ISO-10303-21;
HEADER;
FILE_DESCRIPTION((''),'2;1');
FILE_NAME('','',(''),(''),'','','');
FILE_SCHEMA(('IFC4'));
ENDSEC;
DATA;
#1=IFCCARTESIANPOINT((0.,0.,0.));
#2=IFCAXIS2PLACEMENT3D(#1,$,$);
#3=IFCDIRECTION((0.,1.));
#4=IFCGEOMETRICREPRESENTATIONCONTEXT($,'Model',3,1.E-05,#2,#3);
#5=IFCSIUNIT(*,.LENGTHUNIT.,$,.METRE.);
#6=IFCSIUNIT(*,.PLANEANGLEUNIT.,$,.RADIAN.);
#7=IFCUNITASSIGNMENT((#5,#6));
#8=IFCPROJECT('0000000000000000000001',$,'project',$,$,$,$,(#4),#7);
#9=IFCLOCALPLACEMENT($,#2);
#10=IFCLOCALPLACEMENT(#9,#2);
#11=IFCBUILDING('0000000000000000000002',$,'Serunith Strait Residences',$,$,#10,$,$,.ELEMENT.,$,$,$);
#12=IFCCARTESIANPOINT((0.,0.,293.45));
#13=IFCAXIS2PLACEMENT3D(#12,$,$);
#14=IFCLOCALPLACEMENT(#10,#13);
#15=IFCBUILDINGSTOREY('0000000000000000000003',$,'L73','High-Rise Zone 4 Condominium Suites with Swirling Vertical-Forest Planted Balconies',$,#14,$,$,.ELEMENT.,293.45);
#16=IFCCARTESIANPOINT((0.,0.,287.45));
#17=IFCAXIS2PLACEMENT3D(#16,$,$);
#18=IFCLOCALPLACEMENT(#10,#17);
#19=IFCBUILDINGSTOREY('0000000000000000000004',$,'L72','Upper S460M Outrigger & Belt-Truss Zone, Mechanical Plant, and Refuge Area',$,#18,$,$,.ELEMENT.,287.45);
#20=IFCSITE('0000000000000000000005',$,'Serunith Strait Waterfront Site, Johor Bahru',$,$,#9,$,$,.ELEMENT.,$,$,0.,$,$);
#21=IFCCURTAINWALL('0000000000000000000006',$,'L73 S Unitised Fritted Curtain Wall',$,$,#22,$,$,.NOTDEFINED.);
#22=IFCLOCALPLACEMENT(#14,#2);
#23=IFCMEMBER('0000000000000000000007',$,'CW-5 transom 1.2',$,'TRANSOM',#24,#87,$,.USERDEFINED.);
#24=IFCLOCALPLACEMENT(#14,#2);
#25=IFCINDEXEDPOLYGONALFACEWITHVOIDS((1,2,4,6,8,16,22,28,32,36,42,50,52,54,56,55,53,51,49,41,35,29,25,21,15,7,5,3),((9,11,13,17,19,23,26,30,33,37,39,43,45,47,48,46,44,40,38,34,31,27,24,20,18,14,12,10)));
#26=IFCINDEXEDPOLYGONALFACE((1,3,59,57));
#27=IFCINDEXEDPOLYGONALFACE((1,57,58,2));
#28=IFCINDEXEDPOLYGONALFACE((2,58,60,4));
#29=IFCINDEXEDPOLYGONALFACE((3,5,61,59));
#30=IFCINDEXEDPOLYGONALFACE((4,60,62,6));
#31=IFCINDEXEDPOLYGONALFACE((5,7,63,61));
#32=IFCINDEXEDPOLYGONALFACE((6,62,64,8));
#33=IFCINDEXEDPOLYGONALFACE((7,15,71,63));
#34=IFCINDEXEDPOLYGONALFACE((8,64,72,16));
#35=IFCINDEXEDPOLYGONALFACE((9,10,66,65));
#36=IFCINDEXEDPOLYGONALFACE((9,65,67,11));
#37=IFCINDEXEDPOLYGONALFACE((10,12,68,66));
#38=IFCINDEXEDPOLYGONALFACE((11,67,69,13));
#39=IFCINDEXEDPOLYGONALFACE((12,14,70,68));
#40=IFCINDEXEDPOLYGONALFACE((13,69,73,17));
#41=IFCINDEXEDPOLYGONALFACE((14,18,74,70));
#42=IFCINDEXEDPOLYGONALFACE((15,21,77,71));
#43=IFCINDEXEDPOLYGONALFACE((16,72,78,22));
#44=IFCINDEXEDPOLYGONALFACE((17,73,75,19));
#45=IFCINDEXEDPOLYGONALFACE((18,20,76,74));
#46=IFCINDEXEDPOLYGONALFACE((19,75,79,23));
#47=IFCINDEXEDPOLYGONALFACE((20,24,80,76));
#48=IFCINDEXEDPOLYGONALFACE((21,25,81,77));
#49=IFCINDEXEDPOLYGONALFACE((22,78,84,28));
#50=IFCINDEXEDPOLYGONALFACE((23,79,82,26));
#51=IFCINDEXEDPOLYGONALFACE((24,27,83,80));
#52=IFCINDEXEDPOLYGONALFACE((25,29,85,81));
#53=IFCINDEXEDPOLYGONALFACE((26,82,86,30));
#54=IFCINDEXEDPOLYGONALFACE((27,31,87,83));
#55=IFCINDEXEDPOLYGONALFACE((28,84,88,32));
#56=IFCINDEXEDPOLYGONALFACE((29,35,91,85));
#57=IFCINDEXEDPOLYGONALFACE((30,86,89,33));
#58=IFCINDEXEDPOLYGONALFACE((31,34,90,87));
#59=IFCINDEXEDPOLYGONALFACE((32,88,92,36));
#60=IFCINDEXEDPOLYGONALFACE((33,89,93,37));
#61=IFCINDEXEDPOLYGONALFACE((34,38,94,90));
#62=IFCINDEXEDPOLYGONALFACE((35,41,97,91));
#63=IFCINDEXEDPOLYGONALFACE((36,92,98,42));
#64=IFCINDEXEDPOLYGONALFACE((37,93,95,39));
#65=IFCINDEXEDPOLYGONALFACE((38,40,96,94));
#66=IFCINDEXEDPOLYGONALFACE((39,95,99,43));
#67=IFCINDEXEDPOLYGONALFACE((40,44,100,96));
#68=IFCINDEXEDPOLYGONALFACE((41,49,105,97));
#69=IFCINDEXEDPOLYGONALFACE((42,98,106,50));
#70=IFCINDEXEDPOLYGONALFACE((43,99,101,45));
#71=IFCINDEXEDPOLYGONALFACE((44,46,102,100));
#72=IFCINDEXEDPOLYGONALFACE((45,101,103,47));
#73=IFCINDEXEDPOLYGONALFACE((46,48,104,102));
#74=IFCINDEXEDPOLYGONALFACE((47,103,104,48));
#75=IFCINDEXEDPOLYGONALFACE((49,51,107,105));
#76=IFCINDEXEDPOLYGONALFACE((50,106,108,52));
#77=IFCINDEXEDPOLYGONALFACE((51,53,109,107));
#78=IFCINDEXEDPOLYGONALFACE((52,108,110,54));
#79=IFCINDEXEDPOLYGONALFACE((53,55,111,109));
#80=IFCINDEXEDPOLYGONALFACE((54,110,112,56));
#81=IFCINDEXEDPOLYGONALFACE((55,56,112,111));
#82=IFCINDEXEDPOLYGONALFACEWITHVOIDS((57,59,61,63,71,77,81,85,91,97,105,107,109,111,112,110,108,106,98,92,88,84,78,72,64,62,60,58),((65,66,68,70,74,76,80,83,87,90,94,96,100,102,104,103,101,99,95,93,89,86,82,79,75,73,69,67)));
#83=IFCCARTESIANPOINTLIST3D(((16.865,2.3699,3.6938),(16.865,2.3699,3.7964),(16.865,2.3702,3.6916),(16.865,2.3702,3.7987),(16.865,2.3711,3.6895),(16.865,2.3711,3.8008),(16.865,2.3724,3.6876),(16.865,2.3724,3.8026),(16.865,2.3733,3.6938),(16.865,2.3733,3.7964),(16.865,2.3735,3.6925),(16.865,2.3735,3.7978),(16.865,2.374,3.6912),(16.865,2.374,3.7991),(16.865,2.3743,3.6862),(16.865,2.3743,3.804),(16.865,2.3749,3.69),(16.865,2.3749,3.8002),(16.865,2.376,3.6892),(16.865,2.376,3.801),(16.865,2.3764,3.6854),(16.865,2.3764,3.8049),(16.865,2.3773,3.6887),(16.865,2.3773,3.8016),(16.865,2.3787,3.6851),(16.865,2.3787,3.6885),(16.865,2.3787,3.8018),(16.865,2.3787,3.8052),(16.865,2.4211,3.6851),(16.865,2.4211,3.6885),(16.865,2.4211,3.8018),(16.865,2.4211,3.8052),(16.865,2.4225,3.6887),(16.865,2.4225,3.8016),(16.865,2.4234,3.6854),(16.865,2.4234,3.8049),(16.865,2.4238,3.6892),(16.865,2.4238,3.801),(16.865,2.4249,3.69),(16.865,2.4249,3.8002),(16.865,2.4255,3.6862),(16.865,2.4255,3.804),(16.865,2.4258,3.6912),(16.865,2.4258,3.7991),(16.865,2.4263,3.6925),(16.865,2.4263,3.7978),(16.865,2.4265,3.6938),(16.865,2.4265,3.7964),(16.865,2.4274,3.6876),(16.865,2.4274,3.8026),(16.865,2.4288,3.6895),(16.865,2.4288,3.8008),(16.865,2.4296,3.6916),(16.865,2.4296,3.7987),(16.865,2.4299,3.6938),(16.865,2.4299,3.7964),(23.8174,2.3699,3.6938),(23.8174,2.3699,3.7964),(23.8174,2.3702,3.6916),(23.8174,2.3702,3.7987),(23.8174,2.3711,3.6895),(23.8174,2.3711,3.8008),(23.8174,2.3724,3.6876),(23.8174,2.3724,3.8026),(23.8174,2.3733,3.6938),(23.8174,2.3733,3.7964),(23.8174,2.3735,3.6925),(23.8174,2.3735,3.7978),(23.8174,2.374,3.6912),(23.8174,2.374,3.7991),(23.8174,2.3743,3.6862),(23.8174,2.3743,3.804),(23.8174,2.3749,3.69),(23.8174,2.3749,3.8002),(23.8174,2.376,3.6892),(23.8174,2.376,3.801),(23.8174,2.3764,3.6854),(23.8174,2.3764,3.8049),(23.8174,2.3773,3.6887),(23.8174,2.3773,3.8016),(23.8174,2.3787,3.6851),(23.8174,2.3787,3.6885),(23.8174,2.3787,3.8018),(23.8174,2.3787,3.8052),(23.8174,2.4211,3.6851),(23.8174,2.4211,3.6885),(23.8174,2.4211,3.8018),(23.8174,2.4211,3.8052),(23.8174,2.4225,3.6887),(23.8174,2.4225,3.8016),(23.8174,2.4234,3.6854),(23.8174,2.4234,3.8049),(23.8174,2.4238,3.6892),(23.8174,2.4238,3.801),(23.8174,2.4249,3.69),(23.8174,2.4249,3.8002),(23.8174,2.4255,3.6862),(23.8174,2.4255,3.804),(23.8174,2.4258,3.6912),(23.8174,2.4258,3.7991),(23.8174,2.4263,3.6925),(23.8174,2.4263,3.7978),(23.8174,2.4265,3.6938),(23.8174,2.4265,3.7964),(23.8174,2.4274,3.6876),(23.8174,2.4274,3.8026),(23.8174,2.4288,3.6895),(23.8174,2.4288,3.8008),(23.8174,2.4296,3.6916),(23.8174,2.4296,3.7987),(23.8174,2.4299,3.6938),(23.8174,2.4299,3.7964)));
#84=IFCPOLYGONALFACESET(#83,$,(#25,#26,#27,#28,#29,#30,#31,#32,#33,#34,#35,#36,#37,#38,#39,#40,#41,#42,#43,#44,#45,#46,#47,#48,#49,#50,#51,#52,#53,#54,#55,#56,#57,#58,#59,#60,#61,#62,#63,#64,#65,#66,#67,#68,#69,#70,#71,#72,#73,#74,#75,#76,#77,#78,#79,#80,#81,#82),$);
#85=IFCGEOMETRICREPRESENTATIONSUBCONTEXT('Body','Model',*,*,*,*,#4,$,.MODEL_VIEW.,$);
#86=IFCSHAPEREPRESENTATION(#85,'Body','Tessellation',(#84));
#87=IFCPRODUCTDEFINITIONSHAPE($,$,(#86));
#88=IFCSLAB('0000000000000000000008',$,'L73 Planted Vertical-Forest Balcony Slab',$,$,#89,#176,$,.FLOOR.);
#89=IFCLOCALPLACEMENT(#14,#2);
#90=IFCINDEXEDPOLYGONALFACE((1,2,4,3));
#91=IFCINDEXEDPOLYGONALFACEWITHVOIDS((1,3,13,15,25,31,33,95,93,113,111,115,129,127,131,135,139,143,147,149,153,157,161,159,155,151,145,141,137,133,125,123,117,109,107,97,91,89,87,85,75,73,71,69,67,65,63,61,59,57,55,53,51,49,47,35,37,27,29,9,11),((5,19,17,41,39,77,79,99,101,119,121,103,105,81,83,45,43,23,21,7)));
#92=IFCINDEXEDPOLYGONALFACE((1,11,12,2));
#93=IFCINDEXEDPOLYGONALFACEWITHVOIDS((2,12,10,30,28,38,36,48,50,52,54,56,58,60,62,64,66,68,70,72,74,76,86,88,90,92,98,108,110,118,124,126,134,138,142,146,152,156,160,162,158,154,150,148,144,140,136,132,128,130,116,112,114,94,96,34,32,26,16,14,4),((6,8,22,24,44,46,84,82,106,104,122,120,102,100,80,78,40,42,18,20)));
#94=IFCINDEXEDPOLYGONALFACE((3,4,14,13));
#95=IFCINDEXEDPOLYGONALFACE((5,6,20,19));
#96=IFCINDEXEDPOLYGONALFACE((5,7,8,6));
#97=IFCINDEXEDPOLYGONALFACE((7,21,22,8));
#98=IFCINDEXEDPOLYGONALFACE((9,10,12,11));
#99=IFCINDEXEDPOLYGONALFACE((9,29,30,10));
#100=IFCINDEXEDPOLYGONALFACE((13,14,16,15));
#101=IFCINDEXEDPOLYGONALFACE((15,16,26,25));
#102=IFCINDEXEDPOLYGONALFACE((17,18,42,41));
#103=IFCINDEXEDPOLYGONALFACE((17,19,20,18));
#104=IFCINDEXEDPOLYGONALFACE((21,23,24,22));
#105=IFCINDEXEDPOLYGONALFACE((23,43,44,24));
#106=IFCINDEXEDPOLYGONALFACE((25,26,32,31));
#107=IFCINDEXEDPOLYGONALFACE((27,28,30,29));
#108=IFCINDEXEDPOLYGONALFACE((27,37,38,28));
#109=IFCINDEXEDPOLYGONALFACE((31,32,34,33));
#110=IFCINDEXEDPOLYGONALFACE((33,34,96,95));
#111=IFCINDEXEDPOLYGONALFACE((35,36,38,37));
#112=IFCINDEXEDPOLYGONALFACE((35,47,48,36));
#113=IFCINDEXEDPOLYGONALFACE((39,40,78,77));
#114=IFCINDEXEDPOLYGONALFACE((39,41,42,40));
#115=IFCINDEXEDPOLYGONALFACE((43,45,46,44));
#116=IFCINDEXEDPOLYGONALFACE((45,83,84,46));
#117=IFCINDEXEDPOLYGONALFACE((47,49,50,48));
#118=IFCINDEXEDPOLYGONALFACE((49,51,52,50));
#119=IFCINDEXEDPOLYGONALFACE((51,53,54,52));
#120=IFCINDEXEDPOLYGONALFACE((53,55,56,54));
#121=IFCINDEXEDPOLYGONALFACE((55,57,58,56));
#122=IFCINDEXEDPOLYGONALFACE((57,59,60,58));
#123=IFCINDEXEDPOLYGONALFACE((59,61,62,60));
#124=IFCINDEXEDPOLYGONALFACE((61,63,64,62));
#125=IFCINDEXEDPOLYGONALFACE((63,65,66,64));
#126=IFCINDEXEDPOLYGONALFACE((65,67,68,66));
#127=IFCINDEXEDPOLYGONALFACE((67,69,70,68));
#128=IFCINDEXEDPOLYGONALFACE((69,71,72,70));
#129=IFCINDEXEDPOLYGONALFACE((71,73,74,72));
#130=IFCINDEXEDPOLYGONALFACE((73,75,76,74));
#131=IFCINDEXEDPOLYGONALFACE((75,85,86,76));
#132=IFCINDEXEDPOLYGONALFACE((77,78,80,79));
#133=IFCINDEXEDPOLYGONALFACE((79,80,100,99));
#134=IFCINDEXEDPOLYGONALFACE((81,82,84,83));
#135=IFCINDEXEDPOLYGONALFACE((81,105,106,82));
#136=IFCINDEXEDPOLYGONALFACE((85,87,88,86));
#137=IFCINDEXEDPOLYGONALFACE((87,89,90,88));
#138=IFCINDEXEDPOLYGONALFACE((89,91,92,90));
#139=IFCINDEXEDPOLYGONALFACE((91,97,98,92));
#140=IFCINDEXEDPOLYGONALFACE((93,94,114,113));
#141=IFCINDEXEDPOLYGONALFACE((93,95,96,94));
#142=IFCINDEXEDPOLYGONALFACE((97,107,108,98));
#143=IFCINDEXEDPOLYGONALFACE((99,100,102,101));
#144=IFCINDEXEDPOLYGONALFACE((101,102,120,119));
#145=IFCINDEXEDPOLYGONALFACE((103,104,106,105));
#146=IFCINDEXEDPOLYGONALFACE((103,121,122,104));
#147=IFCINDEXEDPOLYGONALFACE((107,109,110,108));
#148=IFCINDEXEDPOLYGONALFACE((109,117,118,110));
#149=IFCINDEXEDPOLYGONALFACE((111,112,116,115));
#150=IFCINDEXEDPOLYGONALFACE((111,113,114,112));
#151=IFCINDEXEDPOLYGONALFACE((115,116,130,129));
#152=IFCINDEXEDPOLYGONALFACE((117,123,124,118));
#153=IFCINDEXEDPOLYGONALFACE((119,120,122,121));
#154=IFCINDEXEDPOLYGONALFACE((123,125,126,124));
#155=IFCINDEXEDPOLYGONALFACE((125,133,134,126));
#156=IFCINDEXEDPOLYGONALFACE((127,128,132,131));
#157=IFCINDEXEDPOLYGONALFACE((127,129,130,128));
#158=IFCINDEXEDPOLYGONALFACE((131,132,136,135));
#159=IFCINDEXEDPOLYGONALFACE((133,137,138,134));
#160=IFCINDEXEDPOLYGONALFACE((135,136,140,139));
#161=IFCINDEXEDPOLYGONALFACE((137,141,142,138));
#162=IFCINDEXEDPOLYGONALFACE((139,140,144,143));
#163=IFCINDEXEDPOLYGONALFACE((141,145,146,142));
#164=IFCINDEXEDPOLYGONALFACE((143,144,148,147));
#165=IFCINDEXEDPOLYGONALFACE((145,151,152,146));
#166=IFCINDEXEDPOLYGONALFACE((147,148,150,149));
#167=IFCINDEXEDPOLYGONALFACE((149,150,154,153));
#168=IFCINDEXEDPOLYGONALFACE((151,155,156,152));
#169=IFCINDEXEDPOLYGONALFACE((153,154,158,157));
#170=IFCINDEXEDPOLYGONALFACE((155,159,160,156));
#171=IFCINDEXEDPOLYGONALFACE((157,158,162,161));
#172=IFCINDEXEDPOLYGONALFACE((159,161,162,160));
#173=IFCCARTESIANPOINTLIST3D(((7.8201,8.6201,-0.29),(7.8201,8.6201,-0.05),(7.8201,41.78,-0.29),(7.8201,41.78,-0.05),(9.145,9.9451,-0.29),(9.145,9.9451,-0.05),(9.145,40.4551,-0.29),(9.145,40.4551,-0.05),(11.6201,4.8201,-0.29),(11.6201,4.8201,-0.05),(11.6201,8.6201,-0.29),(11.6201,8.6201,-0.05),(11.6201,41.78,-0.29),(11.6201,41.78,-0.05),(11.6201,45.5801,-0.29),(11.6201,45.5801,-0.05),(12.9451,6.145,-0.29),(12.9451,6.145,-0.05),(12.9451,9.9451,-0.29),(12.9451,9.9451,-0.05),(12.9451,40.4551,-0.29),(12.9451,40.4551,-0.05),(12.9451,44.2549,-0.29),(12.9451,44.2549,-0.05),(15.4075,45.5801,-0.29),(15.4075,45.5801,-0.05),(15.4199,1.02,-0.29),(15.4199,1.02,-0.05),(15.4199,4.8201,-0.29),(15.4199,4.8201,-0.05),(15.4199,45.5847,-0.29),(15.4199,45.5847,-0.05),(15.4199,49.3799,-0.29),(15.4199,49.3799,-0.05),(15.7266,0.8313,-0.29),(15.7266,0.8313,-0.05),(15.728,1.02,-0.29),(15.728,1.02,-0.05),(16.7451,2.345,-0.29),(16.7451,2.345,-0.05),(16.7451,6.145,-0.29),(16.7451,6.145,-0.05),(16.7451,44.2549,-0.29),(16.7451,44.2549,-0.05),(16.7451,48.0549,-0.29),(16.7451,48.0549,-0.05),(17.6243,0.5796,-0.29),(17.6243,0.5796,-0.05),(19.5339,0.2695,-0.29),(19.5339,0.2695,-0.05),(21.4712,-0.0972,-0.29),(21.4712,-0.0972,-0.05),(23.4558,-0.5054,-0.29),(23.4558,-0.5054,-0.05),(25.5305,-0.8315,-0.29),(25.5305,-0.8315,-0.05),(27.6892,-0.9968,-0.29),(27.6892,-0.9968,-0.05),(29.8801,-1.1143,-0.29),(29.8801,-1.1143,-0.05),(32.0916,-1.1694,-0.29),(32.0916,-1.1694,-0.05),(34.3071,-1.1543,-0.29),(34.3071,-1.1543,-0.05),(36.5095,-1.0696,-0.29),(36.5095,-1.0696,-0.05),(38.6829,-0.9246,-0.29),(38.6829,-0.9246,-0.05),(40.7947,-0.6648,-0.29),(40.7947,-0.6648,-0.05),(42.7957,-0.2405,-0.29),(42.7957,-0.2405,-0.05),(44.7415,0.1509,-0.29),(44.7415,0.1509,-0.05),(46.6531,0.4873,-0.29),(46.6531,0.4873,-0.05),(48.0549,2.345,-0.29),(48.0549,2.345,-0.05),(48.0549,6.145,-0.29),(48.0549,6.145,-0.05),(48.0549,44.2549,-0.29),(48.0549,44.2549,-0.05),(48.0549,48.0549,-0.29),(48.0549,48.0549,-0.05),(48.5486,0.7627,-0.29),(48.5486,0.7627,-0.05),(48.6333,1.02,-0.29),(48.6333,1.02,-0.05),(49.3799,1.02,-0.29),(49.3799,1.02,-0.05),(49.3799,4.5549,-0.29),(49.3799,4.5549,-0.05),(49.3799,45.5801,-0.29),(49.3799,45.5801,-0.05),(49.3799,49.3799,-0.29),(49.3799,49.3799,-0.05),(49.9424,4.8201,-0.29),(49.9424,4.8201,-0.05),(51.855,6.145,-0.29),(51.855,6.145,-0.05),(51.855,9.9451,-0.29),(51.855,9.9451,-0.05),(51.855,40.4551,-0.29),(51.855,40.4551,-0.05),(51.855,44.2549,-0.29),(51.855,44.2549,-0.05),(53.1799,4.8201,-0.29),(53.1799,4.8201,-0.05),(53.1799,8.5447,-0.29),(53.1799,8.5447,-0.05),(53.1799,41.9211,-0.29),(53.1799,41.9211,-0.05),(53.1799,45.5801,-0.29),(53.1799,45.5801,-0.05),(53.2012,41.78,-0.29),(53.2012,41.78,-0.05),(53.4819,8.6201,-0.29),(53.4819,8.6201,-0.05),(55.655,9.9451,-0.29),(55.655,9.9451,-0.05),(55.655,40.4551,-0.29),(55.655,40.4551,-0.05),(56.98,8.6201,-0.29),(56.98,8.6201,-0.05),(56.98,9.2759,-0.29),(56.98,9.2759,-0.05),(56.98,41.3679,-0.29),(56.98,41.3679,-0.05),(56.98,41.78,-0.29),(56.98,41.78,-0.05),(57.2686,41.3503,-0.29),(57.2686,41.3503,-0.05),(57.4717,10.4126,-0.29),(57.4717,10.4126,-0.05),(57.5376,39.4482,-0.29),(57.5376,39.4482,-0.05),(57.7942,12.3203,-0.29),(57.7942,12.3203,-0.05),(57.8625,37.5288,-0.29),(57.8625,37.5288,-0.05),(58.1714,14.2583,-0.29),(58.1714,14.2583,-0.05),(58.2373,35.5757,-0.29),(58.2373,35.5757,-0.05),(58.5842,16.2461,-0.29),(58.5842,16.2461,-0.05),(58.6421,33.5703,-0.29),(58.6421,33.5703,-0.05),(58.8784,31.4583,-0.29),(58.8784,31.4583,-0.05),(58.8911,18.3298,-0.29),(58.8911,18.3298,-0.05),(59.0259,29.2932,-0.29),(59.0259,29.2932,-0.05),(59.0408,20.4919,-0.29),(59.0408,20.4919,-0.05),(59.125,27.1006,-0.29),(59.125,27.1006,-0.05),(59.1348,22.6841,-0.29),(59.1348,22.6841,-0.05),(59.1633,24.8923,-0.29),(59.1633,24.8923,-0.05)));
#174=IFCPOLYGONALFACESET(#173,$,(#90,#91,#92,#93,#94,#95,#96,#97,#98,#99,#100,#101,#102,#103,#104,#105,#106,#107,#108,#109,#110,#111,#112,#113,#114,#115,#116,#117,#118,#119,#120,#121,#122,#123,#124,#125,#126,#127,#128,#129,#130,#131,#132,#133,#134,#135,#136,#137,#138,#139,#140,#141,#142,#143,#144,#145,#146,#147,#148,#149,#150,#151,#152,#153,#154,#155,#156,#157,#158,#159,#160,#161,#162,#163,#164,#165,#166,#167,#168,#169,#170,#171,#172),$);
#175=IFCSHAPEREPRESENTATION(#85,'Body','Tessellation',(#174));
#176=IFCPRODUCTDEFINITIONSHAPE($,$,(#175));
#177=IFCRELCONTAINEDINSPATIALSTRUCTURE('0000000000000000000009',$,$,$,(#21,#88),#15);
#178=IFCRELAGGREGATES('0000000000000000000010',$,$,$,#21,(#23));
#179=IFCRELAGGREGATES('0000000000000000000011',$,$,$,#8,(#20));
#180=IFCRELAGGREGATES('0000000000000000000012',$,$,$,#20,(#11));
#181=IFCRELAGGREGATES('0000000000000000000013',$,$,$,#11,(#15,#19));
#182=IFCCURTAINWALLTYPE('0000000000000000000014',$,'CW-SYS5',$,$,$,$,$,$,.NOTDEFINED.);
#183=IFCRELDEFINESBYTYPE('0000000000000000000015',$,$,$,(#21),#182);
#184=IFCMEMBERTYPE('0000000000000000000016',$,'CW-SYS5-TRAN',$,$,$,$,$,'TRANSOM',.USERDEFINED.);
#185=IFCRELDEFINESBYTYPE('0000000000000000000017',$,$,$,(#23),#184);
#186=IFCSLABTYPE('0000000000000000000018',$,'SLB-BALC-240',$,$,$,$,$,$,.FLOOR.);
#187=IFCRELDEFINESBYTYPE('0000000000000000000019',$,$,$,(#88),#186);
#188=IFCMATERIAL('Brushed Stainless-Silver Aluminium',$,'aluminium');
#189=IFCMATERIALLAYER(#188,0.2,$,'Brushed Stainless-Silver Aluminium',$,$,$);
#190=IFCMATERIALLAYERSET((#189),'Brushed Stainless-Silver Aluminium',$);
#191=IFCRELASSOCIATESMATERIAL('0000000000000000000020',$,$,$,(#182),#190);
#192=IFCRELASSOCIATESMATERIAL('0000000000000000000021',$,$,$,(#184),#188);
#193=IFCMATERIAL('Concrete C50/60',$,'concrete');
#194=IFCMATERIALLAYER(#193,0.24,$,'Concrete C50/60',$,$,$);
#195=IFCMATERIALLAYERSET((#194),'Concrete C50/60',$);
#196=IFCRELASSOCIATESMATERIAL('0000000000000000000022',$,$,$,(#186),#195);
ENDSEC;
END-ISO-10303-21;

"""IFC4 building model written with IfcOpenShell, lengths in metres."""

from ifc_helpers import new_model, si_unit, direction, frame, origin, origin_2d, place, context, subcontext, project, spatial, polyline, hollow_rectangle, outline, extrude, source, transform, mapped, material, layer, layer_set, material_profile, profile_set, type_object, element, aggregate, save


model = new_model("IFC4")

# Units and contexts
model_context = context("Model", 3, precision=1e-05, world=origin(), true_north=direction((0.0, 1.0)))
body_context = subcontext(model_context, "Body", "Model", "MODEL_VIEW")
ifc_project = project(units=[si_unit("LENGTHUNIT", "METRE"), si_unit("PLANEANGLEUNIT", "RADIAN")], contexts=[model_context])

# Site, building, storey
site_placement = place(None, origin())
site = spatial("IfcSite", under=ifc_project, at=site_placement, Name="Serunith Strait Waterfront Site, Johor Bahru", CompositionType="ELEMENT", RefElevation=0.0)
building_placement = place(site_placement, origin())
building = spatial("IfcBuilding", under=site, at=building_placement, Name="Serunith Strait Residences", CompositionType="ELEMENT")
storey_1_placement = place(building_placement, frame((0.0, 0.0, 293.45)))
storey_1 = spatial("IfcBuildingStorey", under=building, at=storey_1_placement, Name="L73", Description="High-Rise Zone 4 Condominium Suites with Swirling Vertical-Forest Planted Balconies", CompositionType="ELEMENT", Elevation=293.45)

# Curtain wall
ifc_material_1 = material(Name="Brushed Stainless-Silver Aluminium", Category="aluminium")
ifc_layer_1 = layer(ifc_material_1, 0.2, Name="Brushed Stainless-Silver Aluminium")
ifc_layer_set_1 = layer_set([ifc_layer_1], Name="Brushed Stainless-Silver Aluminium")
curtain_wall_type = type_object("IfcCurtainWallType", Name="CW-SYS5", PredefinedType="NOTDEFINED", material=ifc_layer_set_1)
curtain_wall_1_placement = place(storey_1_placement, origin())
curtain_wall_1 = element("IfcCurtainWall", 1, at=curtain_wall_1_placement, inside=storey_1, type_object=curtain_wall_type, Name="L73 S Unitised Fritted Curtain Wall", PredefinedType="NOTDEFINED")

# Member
ifc_material_profile_1 = material_profile(ifc_material_1, hollow_rectangle(XDim=0.0601, YDim=0.1201, WallThickness=0.0034, InnerFilletRadius=0.0054, OuterFilletRadius=0.0088, at=origin_2d()), Name="ALU 120x60x3.5")
ifc_profile_set_1 = profile_set([ifc_material_profile_1], Name="Brushed Stainless-Silver Aluminium")
member_type_1 = type_object("IfcMemberType", Name="CW-SYS5-TRAN", ElementType="TRANSOM", PredefinedType="USERDEFINED", material=ifc_profile_set_1)
shared_shape_1 = source(origin(), body_context, "Body", "SweptSolid", [
    extrude(hollow_rectangle(XDim=0.0601, YDim=0.1201, WallThickness=0.0034, InnerFilletRadius=0.0054, OuterFilletRadius=0.0088, at=origin_2d()), origin(), (0.0, 0.0, 1.0), 6.9524),
])
member_1_placement = place(storey_1_placement, frame((16.865, 2.3999, 3.7451), z_axis=(1.0, 0.0, 0.0), x_axis=(0.0, 1.0, 0.0)))
member_1 = element("IfcMember", 2, at=member_1_placement, type_object=member_type_1, Name="CW-5 transom 1.2", ObjectType="TRANSOM", PredefinedType="USERDEFINED", context=body_context, shape_type="MappedRepresentation", body=[
    mapped(shared_shape_1, transform((0.0, 0.0, 0.0), scale=1.0)),
])
aggregate(curtain_wall_1, [member_1])

# Slab
ifc_material_2 = material(Name="Concrete C50/60", Category="concrete")
ifc_layer_2 = layer(ifc_material_2, 0.24, Name="Concrete C50/60")
ifc_layer_set_2 = layer_set([ifc_layer_2], Name="Concrete C50/60")
slab_type_1 = type_object("IfcSlabType", Name="SLB-BALC-240", PredefinedType="FLOOR", material=ifc_layer_set_2)
slab_1_placement = place(storey_1_placement, frame((0.0, 0.0, -0.29)))
element("IfcSlab", 3, at=slab_1_placement, inside=storey_1, type_object=slab_type_1, Name="L73 Planted Vertical-Forest Balcony Slab", PredefinedType="FLOOR", context=body_context, shape_type="SweptSolid", body=[
    extrude(outline(polyline([(15.4199, 1.02), (15.4199, 4.8201), (11.6201, 4.8201), (11.6201, 8.6201), (7.8201, 8.6201), (7.8201, 41.78), (11.6201, 41.78), (11.6201, 45.5801), (15.4075, 45.5801), (15.4199, 45.5847), (15.4199, 49.3799), (49.3799, 49.3799), (49.3799, 45.5801), (53.1799, 45.5801), (53.1799, 41.9211), (53.2012, 41.78), (56.98, 41.78), (56.98, 41.3679), (57.2686, 41.3503), (57.5376, 39.4482), (57.8625, 37.5288), (58.2373, 35.5757), (58.6421, 33.5703), (58.8784, 31.4583), (59.0259, 29.2932), (59.125, 27.1006), (59.1633, 24.8923), (59.1348, 22.6841), (59.0408, 20.4919), (58.8911, 18.3298), (58.5842, 16.2461), (58.1714, 14.2583), (57.7942, 12.3203), (57.4717, 10.4126), (56.98, 9.2759), (56.98, 8.6201), (53.4819, 8.6201), (53.1799, 8.5447), (53.1799, 4.8201), (49.9424, 4.8201), (49.3799, 4.5549), (49.3799, 1.02), (48.6333, 1.02), (48.5486, 0.7627), (46.6531, 0.4873), (44.7415, 0.1509), (42.7957, -0.2405), (40.7947, -0.6648), (38.6829, -0.9246), (36.5095, -1.0696), (34.3071, -1.1543), (32.0916, -1.1694), (29.8801, -1.1143), (27.6892, -0.9968), (25.5305, -0.8315), (23.4558, -0.5054), (21.4712, -0.0972), (19.5339, 0.2695), (17.6243, 0.5796), (15.7266, 0.8313), (15.728, 1.02), (15.4199, 1.02)]), holes=[polyline([(48.0549, 2.345), (48.0549, 6.145), (51.855, 6.145), (51.855, 9.9451), (55.655, 9.9451), (55.655, 40.4551), (51.855, 40.4551), (51.855, 44.2549), (48.0549, 44.2549), (48.0549, 48.0549), (16.7451, 48.0549), (16.7451, 44.2549), (12.9451, 44.2549), (12.9451, 40.4551), (9.145, 40.4551), (9.145, 9.9451), (12.9451, 9.9451), (12.9451, 6.145), (16.7451, 6.145), (16.7451, 2.345), (48.0549, 2.345)])]), origin(), (0.0, 0.0, 1.0), 0.24),
])

# Shared definitions
storey_2_placement = place(building_placement, frame((0.0, 0.0, 287.45)))
storey_2 = spatial("IfcBuildingStorey", under=building, at=storey_2_placement, Name="L72", Description="Upper S460M Outrigger & Belt-Truss Zone, Mechanical Plant, and Refuge Area", CompositionType="ELEMENT", Elevation=287.45)

save(model, "model.ifc")
